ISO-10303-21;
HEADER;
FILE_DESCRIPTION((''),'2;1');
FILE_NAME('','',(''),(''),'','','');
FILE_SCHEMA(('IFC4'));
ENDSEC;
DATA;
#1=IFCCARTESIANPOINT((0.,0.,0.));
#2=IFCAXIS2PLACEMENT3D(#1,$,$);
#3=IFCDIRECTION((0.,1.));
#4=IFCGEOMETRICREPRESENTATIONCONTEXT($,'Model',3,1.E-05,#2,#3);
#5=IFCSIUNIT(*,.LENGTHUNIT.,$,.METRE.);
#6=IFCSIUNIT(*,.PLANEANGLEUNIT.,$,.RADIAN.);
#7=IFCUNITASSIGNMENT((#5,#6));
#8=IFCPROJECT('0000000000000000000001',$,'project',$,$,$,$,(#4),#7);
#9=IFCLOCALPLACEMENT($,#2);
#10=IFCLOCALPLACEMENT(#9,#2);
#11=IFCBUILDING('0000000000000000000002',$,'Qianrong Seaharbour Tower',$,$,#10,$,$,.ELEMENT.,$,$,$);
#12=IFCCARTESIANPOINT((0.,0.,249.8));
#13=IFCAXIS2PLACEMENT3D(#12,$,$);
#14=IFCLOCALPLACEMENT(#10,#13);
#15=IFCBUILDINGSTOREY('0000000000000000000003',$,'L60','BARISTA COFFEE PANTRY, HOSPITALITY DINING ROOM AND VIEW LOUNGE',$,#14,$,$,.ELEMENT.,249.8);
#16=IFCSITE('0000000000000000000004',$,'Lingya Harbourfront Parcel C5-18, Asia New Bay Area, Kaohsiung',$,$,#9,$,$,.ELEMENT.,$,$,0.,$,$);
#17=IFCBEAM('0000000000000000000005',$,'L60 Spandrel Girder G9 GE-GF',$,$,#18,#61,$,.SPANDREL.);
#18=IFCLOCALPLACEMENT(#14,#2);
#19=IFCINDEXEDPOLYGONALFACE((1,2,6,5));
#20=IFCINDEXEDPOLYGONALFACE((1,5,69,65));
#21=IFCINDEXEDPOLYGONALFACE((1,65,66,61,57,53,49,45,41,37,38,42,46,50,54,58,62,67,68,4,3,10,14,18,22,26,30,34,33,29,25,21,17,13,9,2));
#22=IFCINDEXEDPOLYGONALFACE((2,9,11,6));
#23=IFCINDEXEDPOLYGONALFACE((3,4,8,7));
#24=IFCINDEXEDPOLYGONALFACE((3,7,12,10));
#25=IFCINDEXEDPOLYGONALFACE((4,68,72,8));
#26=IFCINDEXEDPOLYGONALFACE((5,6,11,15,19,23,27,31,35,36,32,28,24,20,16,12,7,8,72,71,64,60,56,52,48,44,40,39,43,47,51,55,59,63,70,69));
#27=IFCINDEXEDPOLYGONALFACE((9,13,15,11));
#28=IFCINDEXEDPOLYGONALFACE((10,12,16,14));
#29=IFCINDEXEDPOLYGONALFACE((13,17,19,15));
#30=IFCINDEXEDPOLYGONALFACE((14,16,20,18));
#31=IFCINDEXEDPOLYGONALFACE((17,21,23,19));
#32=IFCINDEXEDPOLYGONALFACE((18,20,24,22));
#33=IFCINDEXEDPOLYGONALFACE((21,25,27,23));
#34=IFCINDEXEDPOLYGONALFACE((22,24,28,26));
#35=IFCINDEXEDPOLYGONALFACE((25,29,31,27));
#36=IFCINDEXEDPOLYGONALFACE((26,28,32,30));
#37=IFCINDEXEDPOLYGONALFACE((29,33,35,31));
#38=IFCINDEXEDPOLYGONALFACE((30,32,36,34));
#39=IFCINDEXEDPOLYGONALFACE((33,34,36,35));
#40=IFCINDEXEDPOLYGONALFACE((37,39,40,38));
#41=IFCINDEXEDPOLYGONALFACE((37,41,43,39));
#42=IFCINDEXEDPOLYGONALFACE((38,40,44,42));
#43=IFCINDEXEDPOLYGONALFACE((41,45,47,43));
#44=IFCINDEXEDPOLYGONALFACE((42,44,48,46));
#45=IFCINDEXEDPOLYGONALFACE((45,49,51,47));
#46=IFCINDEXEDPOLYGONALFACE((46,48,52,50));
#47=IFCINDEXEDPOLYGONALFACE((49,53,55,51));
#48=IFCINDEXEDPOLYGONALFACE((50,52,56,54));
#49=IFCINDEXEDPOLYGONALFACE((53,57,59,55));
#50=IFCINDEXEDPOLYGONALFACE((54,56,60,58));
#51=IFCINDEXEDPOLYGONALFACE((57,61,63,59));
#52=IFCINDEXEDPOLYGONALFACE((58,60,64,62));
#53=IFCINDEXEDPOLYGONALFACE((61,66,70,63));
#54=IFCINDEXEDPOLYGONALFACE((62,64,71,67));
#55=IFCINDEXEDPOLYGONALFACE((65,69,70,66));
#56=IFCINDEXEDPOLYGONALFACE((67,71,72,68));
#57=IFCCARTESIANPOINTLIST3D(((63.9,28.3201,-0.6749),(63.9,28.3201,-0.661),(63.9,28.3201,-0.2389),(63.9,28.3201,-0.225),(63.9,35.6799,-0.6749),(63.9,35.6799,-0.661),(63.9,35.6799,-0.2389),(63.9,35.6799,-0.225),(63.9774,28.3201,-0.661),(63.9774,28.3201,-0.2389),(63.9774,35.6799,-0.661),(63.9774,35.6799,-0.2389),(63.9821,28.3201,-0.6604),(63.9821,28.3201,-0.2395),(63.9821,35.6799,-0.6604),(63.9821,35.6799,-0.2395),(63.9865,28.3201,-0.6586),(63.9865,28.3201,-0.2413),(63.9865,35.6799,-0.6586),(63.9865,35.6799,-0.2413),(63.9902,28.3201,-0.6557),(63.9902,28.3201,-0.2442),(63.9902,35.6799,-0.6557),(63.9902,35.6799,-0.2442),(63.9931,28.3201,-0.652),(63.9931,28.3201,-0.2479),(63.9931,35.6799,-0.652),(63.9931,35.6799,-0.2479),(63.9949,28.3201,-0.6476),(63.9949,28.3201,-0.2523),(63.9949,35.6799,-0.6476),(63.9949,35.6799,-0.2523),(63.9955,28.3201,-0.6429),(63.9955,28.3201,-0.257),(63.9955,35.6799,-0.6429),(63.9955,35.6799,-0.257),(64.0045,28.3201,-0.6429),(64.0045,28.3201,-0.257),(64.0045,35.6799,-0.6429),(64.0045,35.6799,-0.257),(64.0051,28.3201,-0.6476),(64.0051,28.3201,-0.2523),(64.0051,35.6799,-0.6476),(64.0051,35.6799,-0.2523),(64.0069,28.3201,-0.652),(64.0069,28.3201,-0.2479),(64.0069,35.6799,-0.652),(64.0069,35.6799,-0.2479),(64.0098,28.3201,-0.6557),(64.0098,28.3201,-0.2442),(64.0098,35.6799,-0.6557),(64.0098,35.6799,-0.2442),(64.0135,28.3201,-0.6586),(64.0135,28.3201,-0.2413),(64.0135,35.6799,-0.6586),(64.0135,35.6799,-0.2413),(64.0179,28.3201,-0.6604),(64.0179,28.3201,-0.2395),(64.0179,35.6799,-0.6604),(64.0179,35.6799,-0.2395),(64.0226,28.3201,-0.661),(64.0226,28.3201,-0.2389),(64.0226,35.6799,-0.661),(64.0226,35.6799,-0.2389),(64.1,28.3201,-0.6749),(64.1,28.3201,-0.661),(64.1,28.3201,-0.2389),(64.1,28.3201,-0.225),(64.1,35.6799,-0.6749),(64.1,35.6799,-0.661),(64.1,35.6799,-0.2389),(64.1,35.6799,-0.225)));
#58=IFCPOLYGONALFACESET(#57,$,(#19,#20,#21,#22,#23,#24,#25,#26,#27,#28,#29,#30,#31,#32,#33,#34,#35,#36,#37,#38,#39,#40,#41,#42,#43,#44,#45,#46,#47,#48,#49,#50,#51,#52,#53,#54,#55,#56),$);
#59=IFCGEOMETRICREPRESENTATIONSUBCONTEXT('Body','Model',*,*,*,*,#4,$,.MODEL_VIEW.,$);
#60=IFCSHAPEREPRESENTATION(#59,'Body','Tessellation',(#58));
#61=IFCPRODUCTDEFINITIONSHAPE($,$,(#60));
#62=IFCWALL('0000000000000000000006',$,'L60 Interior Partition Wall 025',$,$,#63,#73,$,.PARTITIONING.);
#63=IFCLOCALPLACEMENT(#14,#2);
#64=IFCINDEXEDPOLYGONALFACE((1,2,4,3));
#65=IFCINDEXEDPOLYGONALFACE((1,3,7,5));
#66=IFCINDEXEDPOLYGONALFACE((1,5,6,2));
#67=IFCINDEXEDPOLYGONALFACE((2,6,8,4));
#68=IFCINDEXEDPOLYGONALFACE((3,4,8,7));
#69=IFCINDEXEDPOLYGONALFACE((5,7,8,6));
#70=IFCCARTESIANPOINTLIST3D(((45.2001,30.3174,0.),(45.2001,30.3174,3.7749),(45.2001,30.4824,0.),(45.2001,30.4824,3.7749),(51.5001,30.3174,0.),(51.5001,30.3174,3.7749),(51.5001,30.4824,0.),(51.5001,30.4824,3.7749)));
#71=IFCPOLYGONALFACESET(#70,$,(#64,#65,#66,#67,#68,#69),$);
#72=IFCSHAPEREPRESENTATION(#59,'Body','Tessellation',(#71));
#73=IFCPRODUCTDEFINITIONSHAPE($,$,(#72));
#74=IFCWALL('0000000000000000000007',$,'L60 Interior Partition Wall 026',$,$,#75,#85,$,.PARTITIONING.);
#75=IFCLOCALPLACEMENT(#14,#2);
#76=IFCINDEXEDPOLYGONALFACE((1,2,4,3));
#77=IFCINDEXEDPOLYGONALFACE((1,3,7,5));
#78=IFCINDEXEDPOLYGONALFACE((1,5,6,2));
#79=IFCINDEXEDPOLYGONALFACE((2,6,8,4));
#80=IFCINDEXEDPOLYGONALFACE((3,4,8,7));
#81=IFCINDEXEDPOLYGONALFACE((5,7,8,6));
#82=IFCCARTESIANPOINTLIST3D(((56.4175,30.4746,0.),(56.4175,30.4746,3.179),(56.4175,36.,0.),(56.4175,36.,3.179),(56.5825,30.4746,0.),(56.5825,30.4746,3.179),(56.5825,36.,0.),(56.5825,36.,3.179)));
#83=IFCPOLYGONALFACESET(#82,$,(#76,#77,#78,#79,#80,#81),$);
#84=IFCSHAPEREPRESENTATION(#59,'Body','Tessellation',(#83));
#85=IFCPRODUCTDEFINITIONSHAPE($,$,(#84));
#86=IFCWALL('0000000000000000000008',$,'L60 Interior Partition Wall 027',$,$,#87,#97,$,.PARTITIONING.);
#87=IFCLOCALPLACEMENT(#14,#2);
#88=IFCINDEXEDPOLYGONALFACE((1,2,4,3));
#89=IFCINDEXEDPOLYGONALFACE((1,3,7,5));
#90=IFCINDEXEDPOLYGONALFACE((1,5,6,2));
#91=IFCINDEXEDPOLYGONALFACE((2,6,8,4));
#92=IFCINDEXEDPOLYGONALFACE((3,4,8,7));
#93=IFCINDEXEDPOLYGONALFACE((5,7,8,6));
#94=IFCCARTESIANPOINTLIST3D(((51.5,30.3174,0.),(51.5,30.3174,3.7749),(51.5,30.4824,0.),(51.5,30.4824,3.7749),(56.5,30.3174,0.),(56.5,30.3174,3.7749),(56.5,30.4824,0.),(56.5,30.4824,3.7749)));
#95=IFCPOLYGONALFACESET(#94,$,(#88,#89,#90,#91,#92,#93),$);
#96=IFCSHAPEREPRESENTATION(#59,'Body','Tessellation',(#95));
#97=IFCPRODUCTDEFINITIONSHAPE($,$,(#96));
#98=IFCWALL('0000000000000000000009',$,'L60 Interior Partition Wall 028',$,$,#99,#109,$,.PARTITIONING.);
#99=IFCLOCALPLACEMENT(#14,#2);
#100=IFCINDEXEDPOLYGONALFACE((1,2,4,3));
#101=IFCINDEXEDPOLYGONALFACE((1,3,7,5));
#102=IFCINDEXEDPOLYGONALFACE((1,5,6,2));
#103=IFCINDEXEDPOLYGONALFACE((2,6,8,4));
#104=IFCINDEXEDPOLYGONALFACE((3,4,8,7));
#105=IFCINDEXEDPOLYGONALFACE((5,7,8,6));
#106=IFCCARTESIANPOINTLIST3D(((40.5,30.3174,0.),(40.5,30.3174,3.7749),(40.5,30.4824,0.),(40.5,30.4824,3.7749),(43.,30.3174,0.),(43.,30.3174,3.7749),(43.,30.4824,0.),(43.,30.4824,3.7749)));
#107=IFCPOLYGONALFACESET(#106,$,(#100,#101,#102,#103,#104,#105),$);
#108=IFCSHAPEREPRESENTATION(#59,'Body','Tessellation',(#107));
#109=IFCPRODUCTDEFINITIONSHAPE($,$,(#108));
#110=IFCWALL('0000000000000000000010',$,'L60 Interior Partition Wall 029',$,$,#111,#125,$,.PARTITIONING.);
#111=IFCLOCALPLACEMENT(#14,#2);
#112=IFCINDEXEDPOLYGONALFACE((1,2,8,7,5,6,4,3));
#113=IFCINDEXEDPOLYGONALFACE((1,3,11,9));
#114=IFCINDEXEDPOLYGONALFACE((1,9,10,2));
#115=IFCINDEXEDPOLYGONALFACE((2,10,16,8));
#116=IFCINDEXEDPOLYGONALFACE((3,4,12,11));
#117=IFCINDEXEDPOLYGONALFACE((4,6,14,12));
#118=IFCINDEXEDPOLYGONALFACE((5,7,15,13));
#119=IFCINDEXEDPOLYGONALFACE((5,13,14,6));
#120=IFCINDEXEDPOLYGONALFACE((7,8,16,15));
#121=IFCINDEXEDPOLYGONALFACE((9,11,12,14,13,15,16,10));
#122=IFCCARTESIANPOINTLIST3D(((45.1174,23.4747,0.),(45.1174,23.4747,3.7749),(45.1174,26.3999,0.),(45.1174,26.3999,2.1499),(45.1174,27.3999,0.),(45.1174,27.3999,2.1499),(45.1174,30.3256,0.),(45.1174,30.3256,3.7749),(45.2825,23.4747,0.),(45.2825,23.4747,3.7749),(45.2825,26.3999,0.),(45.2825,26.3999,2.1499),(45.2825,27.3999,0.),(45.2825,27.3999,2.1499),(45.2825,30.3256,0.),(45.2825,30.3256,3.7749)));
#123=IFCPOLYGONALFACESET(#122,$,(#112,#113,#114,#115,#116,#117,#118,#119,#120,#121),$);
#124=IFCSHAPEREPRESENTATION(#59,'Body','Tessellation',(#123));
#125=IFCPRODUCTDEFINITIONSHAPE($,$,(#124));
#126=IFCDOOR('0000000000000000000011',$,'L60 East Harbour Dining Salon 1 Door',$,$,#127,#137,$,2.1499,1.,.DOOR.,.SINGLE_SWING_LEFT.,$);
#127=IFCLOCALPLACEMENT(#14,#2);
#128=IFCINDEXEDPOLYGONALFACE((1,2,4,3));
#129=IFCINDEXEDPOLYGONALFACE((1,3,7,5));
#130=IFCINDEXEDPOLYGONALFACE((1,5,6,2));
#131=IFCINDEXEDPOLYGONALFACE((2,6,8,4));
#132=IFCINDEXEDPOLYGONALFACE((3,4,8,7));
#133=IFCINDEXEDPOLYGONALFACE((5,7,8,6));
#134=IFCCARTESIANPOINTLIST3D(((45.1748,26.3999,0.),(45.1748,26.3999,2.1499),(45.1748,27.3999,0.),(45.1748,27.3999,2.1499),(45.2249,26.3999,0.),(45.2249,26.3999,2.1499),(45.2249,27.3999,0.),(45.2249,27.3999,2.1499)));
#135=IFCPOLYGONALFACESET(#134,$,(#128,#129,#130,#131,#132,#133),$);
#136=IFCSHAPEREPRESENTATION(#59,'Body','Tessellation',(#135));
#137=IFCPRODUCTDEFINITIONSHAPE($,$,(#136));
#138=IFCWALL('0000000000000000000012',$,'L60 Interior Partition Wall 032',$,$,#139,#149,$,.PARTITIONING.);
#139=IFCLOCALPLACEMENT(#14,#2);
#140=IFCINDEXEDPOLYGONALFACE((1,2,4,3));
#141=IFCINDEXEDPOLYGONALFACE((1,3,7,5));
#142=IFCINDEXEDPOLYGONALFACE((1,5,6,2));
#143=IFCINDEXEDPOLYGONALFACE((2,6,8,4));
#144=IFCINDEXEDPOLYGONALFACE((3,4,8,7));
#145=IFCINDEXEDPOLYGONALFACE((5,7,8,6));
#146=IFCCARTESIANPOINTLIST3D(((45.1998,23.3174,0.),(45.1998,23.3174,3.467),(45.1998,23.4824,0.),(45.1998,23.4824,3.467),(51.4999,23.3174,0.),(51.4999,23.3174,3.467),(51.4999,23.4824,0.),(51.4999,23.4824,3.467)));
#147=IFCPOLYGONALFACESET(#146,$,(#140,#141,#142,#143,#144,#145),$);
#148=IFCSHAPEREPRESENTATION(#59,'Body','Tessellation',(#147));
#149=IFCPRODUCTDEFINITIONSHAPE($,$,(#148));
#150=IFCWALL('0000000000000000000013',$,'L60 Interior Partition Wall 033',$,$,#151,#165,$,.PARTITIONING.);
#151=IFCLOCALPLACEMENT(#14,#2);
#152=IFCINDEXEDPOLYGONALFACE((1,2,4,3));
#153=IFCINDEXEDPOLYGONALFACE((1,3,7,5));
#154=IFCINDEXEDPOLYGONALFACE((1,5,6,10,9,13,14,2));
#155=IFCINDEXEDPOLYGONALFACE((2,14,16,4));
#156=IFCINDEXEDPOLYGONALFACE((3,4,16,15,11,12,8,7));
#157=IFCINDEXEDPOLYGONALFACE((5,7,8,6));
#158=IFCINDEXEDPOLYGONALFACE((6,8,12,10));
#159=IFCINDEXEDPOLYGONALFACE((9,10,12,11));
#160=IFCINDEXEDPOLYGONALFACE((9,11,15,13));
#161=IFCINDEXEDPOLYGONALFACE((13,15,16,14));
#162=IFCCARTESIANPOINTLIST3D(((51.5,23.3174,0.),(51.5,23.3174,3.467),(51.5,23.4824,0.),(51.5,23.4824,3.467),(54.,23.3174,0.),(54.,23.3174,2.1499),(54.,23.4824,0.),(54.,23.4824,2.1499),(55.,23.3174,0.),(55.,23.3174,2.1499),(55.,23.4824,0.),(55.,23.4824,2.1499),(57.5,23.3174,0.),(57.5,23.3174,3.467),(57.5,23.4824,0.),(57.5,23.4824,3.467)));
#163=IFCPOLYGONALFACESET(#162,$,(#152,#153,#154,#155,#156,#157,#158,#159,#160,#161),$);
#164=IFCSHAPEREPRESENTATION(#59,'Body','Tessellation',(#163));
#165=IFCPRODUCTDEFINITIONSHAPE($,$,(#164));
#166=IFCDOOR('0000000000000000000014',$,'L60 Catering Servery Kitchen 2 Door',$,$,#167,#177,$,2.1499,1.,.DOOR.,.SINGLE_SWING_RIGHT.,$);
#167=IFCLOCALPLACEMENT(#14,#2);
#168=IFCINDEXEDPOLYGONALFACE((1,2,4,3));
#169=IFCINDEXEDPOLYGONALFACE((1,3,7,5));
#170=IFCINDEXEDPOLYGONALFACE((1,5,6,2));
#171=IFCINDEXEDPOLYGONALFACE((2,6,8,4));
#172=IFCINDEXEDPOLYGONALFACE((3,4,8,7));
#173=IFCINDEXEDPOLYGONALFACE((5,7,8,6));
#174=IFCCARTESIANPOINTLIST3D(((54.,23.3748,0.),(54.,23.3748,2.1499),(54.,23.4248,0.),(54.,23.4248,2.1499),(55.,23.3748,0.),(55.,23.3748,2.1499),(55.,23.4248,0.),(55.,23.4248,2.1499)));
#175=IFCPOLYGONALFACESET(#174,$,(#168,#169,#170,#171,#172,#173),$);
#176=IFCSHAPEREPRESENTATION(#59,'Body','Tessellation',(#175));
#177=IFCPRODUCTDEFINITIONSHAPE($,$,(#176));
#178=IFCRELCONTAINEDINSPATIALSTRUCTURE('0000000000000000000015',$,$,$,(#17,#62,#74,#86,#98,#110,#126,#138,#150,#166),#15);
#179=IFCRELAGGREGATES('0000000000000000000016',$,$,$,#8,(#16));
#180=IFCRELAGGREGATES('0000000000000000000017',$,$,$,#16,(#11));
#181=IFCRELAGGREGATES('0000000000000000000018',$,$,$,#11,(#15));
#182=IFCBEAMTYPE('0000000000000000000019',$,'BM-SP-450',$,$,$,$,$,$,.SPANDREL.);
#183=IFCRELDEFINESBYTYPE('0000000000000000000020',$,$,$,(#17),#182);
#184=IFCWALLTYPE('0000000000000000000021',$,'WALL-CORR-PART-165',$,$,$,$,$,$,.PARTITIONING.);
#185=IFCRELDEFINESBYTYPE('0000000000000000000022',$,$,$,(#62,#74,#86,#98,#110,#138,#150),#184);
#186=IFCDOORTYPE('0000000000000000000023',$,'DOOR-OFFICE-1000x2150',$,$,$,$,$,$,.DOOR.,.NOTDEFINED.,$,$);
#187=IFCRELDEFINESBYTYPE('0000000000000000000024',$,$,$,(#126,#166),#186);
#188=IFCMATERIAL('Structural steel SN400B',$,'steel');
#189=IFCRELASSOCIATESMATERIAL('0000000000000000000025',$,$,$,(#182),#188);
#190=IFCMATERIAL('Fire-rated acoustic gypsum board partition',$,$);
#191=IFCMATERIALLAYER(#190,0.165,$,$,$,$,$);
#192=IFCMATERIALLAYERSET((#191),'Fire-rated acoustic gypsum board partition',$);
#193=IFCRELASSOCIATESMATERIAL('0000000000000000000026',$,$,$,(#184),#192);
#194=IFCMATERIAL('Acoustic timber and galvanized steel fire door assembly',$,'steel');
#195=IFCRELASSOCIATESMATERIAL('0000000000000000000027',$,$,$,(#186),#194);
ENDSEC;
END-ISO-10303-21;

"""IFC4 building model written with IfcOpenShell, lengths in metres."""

from ifc_helpers import new_model, si_unit, direction, frame, frame_2d, origin, origin_2d, place, context, subcontext, project, spatial, rectangle, i_section, extrude, material, layer, layer_set, material_profile, profile_set, type_object, element, fill, save


model = new_model("IFC4")

# Units and contexts
model_context = context("Model", 3, precision=1e-05, world=origin(), true_north=direction((0.0, 1.0)))
body_context = subcontext(model_context, "Body", "Model", "MODEL_VIEW")
ifc_project = project(units=[si_unit("LENGTHUNIT", "METRE"), si_unit("PLANEANGLEUNIT", "RADIAN")], contexts=[model_context])

# Site, building, storey
site_placement = place(None, origin())
site = spatial("IfcSite", under=ifc_project, at=site_placement, Name="Lingya Harbourfront Parcel C5-18, Asia New Bay Area, Kaohsiung", CompositionType="ELEMENT", RefElevation=0.0)
building_placement = place(site_placement, origin())
building = spatial("IfcBuilding", under=site, at=building_placement, Name="Qianrong Seaharbour Tower", CompositionType="ELEMENT")
storey_placement = place(building_placement, frame((0.0, 0.0, 249.8)))
storey = spatial("IfcBuildingStorey", under=building, at=storey_placement, Name="L60", Description="BARISTA COFFEE PANTRY, HOSPITALITY DINING ROOM AND VIEW LOUNGE", CompositionType="ELEMENT", Elevation=249.8)

# Beam
ifc_material_1 = material(Name="Structural steel SN400B", Category="steel")
ifc_material_profile_1 = material_profile(ifc_material_1, i_section(OverallWidth=0.2, OverallDepth=0.45, WebThickness=0.009, FlangeThickness=0.0139, FilletRadius=0.0181, at=origin_2d()), Name="H450x200x9x14")
ifc_profile_set_1 = profile_set([ifc_material_profile_1], Name="Structural steel SN400B")
beam_type_1 = type_object("IfcBeamType", Name="BM-SP-450", PredefinedType="SPANDREL", material=ifc_profile_set_1)
beam_1_placement = place(storey_placement, frame((64.0, 28.3201, -0.45), z_axis=(0.0, 1.0, 0.0), x_axis=(-1.0, 0.0, 0.0)))
element("IfcBeam", 1, at=beam_1_placement, inside=storey, type_object=beam_type_1, Name="L60 Spandrel Girder G9 GE-GF", PredefinedType="SPANDREL", context=body_context, shape_type="SweptSolid", body=[
    extrude(i_section(OverallWidth=0.2, OverallDepth=0.45, WebThickness=0.009, FlangeThickness=0.0139, FilletRadius=0.0181, at=origin_2d()), origin(), (0.0, 0.0, 1.0), 7.3599),
])

# Walls
ifc_material_2 = material(Name="Fire-rated acoustic gypsum board partition")
ifc_layer_1 = layer(ifc_material_2, 0.165)
ifc_layer_set_1 = layer_set([ifc_layer_1], Name="Fire-rated acoustic gypsum board partition")
wall_type_1 = type_object("IfcWallType", Name="WALL-CORR-PART-165", PredefinedType="PARTITIONING", material=ifc_layer_set_1)
wall_1_placement = place(storey_placement, frame((51.5, 30.3999, 0.0), z_axis=(0.0, 0.0, 1.0), x_axis=(-1.0, 0.0, 0.0)))
element("IfcWall", 2, at=wall_1_placement, inside=storey, type_object=wall_type_1, Name="L60 Interior Partition Wall 025", PredefinedType="PARTITIONING", context=body_context, shape_type="SweptSolid", body=[
    extrude(rectangle(XDim=6.3, YDim=0.165, at=frame_2d((3.1499, 0.0))), origin(), (0.0, 0.0, 1.0), 3.7749),
])
wall_2_placement = place(storey_placement, frame((56.5, 36.0, 0.0), z_axis=(0.0, 0.0, 1.0), x_axis=(0.0, -1.0, 0.0)))
element("IfcWall", 3, at=wall_2_placement, inside=storey, type_object=wall_type_1, Name="L60 Interior Partition Wall 026", PredefinedType="PARTITIONING", context=body_context, shape_type="SweptSolid", body=[
    extrude(rectangle(XDim=5.5254, YDim=0.165, at=frame_2d((2.7627, 0.0))), origin(), (0.0, 0.0, 1.0), 3.179),
])
wall_3_placement = place(storey_placement, frame((56.5, 30.3999, 0.0), z_axis=(0.0, 0.0, 1.0), x_axis=(-1.0, 0.0, 0.0)))
element("IfcWall", 4, at=wall_3_placement, inside=storey, type_object=wall_type_1, Name="L60 Interior Partition Wall 027", PredefinedType="PARTITIONING", context=body_context, shape_type="SweptSolid", body=[
    extrude(rectangle(XDim=5.0, YDim=0.165, at=frame_2d((2.5, 0.0))), origin(), (0.0, 0.0, 1.0), 3.7749),
])
wall_4_placement = place(storey_placement, frame((43.0, 30.3999, 0.0), z_axis=(0.0, 0.0, 1.0), x_axis=(-1.0, 0.0, 0.0)))
element("IfcWall", 5, at=wall_4_placement, inside=storey, type_object=wall_type_1, Name="L60 Interior Partition Wall 028", PredefinedType="PARTITIONING", context=body_context, shape_type="SweptSolid", body=[
    extrude(rectangle(XDim=2.5, YDim=0.165, at=frame_2d((1.25, 0.0))), origin(), (0.0, 0.0, 1.0), 3.7749),
])

# Wall, opening, door
wall_5_placement = place(storey_placement, frame((45.2, 30.3254, 0.0), z_axis=(0.0, 0.0, 1.0), x_axis=(0.0, -1.0, 0.0)))
wall_5 = element("IfcWall", 6, at=wall_5_placement, inside=storey, type_object=wall_type_1, Name="L60 Interior Partition Wall 029", PredefinedType="PARTITIONING", context=body_context, shape_type="SweptSolid", body=[
    extrude(rectangle(XDim=6.8508, YDim=0.165, at=frame_2d((3.4253, 0.0))), origin(), (0.0, 0.0, 1.0), 3.7749),
])
opening_1_placement = place(wall_5_placement, frame((2.9255, 0.0, 0.0)))
opening_1 = element("IfcOpeningElement", 7, at=opening_1_placement, cuts=wall_5, PredefinedType="OPENING", context=body_context, shape_type="SweptSolid", body=[
    extrude(rectangle(XDim=1.0, YDim=2.1499, at=frame_2d((0.5, 1.075))), frame((0.0, 0.0925, 0.0), z_axis=(0.0, -1.0, 0.0), x_axis=(1.0, 0.0, 0.0)), (0.0, 0.0, 1.0), 0.1851),
])
ifc_material_3 = material(Name="Acoustic timber and galvanized steel fire door assembly", Category="steel")
door_type = type_object("IfcDoorType", Name="DOOR-OFFICE-1000x2150", OperationType="NOTDEFINED", PredefinedType="DOOR", material=ifc_material_3)
door_1_placement = place(opening_1_placement, origin())
door_1 = element("IfcDoor", 8, at=door_1_placement, inside=storey, type_object=door_type, Name="L60 East Harbour Dining Salon 1 Door", OperationType="SINGLE_SWING_LEFT", OverallHeight=2.1499, OverallWidth=1.0, PredefinedType="DOOR", context=body_context, shape_type="SweptSolid", body=[
    extrude(rectangle(XDim=1.0, YDim=2.1499, at=frame_2d((0.5, 1.075))), frame((0.0, 0.0249, 0.0), z_axis=(0.0, -1.0, 0.0), x_axis=(1.0, 0.0, 0.0)), (0.0, 0.0, 1.0), 0.05),
])
fill(opening_1, door_1)

# Wall
wall_6_placement = place(storey_placement, frame((45.2, 23.3999, 0.0), z_axis=(0.0, 0.0, 1.0), x_axis=(1.0, 0.0, 0.0)))
element("IfcWall", 9, at=wall_6_placement, inside=storey, type_object=wall_type_1, Name="L60 Interior Partition Wall 032", PredefinedType="PARTITIONING", context=body_context, shape_type="SweptSolid", body=[
    extrude(rectangle(XDim=6.3, YDim=0.165, at=frame_2d((3.1499, 0.0))), origin(), (0.0, 0.0, 1.0), 3.467),
])

# Wall, opening, door
wall_7_placement = place(storey_placement, frame((51.5, 23.3999, 0.0), z_axis=(0.0, 0.0, 1.0), x_axis=(1.0, 0.0, 0.0)))
wall_7 = element("IfcWall", 10, at=wall_7_placement, inside=storey, type_object=wall_type_1, Name="L60 Interior Partition Wall 033", PredefinedType="PARTITIONING", context=body_context, shape_type="SweptSolid", body=[
    extrude(rectangle(XDim=6.0, YDim=0.165, at=frame_2d((3.0, 0.0))), origin(), (0.0, 0.0, 1.0), 3.467),
])
opening_2_placement = place(wall_7_placement, frame((2.5, 0.0, 0.0)))
opening_2 = element("IfcOpeningElement", 11, at=opening_2_placement, cuts=wall_7, PredefinedType="OPENING", context=body_context, shape_type="SweptSolid", body=[
    extrude(rectangle(XDim=1.0, YDim=2.1499, at=frame_2d((0.5, 1.075))), frame((0.0, 0.0925, 0.0), z_axis=(0.0, -1.0, 0.0), x_axis=(1.0, 0.0, 0.0)), (0.0, 0.0, 1.0), 0.1851),
])
door_2_placement = place(opening_2_placement, origin())
door_2 = element("IfcDoor", 12, at=door_2_placement, inside=storey, type_object=door_type, Name="L60 Catering Servery Kitchen 2 Door", OperationType="SINGLE_SWING_RIGHT", OverallHeight=2.1499, OverallWidth=1.0, PredefinedType="DOOR", context=body_context, shape_type="SweptSolid", body=[
    extrude(rectangle(XDim=1.0, YDim=2.1499, at=frame_2d((0.5, 1.075))), frame((0.0, 0.0249, 0.0), z_axis=(0.0, -1.0, 0.0), x_axis=(1.0, 0.0, 0.0)), (0.0, 0.0, 1.0), 0.05),
])
fill(opening_2, door_2)

save(model, "model.ifc")
